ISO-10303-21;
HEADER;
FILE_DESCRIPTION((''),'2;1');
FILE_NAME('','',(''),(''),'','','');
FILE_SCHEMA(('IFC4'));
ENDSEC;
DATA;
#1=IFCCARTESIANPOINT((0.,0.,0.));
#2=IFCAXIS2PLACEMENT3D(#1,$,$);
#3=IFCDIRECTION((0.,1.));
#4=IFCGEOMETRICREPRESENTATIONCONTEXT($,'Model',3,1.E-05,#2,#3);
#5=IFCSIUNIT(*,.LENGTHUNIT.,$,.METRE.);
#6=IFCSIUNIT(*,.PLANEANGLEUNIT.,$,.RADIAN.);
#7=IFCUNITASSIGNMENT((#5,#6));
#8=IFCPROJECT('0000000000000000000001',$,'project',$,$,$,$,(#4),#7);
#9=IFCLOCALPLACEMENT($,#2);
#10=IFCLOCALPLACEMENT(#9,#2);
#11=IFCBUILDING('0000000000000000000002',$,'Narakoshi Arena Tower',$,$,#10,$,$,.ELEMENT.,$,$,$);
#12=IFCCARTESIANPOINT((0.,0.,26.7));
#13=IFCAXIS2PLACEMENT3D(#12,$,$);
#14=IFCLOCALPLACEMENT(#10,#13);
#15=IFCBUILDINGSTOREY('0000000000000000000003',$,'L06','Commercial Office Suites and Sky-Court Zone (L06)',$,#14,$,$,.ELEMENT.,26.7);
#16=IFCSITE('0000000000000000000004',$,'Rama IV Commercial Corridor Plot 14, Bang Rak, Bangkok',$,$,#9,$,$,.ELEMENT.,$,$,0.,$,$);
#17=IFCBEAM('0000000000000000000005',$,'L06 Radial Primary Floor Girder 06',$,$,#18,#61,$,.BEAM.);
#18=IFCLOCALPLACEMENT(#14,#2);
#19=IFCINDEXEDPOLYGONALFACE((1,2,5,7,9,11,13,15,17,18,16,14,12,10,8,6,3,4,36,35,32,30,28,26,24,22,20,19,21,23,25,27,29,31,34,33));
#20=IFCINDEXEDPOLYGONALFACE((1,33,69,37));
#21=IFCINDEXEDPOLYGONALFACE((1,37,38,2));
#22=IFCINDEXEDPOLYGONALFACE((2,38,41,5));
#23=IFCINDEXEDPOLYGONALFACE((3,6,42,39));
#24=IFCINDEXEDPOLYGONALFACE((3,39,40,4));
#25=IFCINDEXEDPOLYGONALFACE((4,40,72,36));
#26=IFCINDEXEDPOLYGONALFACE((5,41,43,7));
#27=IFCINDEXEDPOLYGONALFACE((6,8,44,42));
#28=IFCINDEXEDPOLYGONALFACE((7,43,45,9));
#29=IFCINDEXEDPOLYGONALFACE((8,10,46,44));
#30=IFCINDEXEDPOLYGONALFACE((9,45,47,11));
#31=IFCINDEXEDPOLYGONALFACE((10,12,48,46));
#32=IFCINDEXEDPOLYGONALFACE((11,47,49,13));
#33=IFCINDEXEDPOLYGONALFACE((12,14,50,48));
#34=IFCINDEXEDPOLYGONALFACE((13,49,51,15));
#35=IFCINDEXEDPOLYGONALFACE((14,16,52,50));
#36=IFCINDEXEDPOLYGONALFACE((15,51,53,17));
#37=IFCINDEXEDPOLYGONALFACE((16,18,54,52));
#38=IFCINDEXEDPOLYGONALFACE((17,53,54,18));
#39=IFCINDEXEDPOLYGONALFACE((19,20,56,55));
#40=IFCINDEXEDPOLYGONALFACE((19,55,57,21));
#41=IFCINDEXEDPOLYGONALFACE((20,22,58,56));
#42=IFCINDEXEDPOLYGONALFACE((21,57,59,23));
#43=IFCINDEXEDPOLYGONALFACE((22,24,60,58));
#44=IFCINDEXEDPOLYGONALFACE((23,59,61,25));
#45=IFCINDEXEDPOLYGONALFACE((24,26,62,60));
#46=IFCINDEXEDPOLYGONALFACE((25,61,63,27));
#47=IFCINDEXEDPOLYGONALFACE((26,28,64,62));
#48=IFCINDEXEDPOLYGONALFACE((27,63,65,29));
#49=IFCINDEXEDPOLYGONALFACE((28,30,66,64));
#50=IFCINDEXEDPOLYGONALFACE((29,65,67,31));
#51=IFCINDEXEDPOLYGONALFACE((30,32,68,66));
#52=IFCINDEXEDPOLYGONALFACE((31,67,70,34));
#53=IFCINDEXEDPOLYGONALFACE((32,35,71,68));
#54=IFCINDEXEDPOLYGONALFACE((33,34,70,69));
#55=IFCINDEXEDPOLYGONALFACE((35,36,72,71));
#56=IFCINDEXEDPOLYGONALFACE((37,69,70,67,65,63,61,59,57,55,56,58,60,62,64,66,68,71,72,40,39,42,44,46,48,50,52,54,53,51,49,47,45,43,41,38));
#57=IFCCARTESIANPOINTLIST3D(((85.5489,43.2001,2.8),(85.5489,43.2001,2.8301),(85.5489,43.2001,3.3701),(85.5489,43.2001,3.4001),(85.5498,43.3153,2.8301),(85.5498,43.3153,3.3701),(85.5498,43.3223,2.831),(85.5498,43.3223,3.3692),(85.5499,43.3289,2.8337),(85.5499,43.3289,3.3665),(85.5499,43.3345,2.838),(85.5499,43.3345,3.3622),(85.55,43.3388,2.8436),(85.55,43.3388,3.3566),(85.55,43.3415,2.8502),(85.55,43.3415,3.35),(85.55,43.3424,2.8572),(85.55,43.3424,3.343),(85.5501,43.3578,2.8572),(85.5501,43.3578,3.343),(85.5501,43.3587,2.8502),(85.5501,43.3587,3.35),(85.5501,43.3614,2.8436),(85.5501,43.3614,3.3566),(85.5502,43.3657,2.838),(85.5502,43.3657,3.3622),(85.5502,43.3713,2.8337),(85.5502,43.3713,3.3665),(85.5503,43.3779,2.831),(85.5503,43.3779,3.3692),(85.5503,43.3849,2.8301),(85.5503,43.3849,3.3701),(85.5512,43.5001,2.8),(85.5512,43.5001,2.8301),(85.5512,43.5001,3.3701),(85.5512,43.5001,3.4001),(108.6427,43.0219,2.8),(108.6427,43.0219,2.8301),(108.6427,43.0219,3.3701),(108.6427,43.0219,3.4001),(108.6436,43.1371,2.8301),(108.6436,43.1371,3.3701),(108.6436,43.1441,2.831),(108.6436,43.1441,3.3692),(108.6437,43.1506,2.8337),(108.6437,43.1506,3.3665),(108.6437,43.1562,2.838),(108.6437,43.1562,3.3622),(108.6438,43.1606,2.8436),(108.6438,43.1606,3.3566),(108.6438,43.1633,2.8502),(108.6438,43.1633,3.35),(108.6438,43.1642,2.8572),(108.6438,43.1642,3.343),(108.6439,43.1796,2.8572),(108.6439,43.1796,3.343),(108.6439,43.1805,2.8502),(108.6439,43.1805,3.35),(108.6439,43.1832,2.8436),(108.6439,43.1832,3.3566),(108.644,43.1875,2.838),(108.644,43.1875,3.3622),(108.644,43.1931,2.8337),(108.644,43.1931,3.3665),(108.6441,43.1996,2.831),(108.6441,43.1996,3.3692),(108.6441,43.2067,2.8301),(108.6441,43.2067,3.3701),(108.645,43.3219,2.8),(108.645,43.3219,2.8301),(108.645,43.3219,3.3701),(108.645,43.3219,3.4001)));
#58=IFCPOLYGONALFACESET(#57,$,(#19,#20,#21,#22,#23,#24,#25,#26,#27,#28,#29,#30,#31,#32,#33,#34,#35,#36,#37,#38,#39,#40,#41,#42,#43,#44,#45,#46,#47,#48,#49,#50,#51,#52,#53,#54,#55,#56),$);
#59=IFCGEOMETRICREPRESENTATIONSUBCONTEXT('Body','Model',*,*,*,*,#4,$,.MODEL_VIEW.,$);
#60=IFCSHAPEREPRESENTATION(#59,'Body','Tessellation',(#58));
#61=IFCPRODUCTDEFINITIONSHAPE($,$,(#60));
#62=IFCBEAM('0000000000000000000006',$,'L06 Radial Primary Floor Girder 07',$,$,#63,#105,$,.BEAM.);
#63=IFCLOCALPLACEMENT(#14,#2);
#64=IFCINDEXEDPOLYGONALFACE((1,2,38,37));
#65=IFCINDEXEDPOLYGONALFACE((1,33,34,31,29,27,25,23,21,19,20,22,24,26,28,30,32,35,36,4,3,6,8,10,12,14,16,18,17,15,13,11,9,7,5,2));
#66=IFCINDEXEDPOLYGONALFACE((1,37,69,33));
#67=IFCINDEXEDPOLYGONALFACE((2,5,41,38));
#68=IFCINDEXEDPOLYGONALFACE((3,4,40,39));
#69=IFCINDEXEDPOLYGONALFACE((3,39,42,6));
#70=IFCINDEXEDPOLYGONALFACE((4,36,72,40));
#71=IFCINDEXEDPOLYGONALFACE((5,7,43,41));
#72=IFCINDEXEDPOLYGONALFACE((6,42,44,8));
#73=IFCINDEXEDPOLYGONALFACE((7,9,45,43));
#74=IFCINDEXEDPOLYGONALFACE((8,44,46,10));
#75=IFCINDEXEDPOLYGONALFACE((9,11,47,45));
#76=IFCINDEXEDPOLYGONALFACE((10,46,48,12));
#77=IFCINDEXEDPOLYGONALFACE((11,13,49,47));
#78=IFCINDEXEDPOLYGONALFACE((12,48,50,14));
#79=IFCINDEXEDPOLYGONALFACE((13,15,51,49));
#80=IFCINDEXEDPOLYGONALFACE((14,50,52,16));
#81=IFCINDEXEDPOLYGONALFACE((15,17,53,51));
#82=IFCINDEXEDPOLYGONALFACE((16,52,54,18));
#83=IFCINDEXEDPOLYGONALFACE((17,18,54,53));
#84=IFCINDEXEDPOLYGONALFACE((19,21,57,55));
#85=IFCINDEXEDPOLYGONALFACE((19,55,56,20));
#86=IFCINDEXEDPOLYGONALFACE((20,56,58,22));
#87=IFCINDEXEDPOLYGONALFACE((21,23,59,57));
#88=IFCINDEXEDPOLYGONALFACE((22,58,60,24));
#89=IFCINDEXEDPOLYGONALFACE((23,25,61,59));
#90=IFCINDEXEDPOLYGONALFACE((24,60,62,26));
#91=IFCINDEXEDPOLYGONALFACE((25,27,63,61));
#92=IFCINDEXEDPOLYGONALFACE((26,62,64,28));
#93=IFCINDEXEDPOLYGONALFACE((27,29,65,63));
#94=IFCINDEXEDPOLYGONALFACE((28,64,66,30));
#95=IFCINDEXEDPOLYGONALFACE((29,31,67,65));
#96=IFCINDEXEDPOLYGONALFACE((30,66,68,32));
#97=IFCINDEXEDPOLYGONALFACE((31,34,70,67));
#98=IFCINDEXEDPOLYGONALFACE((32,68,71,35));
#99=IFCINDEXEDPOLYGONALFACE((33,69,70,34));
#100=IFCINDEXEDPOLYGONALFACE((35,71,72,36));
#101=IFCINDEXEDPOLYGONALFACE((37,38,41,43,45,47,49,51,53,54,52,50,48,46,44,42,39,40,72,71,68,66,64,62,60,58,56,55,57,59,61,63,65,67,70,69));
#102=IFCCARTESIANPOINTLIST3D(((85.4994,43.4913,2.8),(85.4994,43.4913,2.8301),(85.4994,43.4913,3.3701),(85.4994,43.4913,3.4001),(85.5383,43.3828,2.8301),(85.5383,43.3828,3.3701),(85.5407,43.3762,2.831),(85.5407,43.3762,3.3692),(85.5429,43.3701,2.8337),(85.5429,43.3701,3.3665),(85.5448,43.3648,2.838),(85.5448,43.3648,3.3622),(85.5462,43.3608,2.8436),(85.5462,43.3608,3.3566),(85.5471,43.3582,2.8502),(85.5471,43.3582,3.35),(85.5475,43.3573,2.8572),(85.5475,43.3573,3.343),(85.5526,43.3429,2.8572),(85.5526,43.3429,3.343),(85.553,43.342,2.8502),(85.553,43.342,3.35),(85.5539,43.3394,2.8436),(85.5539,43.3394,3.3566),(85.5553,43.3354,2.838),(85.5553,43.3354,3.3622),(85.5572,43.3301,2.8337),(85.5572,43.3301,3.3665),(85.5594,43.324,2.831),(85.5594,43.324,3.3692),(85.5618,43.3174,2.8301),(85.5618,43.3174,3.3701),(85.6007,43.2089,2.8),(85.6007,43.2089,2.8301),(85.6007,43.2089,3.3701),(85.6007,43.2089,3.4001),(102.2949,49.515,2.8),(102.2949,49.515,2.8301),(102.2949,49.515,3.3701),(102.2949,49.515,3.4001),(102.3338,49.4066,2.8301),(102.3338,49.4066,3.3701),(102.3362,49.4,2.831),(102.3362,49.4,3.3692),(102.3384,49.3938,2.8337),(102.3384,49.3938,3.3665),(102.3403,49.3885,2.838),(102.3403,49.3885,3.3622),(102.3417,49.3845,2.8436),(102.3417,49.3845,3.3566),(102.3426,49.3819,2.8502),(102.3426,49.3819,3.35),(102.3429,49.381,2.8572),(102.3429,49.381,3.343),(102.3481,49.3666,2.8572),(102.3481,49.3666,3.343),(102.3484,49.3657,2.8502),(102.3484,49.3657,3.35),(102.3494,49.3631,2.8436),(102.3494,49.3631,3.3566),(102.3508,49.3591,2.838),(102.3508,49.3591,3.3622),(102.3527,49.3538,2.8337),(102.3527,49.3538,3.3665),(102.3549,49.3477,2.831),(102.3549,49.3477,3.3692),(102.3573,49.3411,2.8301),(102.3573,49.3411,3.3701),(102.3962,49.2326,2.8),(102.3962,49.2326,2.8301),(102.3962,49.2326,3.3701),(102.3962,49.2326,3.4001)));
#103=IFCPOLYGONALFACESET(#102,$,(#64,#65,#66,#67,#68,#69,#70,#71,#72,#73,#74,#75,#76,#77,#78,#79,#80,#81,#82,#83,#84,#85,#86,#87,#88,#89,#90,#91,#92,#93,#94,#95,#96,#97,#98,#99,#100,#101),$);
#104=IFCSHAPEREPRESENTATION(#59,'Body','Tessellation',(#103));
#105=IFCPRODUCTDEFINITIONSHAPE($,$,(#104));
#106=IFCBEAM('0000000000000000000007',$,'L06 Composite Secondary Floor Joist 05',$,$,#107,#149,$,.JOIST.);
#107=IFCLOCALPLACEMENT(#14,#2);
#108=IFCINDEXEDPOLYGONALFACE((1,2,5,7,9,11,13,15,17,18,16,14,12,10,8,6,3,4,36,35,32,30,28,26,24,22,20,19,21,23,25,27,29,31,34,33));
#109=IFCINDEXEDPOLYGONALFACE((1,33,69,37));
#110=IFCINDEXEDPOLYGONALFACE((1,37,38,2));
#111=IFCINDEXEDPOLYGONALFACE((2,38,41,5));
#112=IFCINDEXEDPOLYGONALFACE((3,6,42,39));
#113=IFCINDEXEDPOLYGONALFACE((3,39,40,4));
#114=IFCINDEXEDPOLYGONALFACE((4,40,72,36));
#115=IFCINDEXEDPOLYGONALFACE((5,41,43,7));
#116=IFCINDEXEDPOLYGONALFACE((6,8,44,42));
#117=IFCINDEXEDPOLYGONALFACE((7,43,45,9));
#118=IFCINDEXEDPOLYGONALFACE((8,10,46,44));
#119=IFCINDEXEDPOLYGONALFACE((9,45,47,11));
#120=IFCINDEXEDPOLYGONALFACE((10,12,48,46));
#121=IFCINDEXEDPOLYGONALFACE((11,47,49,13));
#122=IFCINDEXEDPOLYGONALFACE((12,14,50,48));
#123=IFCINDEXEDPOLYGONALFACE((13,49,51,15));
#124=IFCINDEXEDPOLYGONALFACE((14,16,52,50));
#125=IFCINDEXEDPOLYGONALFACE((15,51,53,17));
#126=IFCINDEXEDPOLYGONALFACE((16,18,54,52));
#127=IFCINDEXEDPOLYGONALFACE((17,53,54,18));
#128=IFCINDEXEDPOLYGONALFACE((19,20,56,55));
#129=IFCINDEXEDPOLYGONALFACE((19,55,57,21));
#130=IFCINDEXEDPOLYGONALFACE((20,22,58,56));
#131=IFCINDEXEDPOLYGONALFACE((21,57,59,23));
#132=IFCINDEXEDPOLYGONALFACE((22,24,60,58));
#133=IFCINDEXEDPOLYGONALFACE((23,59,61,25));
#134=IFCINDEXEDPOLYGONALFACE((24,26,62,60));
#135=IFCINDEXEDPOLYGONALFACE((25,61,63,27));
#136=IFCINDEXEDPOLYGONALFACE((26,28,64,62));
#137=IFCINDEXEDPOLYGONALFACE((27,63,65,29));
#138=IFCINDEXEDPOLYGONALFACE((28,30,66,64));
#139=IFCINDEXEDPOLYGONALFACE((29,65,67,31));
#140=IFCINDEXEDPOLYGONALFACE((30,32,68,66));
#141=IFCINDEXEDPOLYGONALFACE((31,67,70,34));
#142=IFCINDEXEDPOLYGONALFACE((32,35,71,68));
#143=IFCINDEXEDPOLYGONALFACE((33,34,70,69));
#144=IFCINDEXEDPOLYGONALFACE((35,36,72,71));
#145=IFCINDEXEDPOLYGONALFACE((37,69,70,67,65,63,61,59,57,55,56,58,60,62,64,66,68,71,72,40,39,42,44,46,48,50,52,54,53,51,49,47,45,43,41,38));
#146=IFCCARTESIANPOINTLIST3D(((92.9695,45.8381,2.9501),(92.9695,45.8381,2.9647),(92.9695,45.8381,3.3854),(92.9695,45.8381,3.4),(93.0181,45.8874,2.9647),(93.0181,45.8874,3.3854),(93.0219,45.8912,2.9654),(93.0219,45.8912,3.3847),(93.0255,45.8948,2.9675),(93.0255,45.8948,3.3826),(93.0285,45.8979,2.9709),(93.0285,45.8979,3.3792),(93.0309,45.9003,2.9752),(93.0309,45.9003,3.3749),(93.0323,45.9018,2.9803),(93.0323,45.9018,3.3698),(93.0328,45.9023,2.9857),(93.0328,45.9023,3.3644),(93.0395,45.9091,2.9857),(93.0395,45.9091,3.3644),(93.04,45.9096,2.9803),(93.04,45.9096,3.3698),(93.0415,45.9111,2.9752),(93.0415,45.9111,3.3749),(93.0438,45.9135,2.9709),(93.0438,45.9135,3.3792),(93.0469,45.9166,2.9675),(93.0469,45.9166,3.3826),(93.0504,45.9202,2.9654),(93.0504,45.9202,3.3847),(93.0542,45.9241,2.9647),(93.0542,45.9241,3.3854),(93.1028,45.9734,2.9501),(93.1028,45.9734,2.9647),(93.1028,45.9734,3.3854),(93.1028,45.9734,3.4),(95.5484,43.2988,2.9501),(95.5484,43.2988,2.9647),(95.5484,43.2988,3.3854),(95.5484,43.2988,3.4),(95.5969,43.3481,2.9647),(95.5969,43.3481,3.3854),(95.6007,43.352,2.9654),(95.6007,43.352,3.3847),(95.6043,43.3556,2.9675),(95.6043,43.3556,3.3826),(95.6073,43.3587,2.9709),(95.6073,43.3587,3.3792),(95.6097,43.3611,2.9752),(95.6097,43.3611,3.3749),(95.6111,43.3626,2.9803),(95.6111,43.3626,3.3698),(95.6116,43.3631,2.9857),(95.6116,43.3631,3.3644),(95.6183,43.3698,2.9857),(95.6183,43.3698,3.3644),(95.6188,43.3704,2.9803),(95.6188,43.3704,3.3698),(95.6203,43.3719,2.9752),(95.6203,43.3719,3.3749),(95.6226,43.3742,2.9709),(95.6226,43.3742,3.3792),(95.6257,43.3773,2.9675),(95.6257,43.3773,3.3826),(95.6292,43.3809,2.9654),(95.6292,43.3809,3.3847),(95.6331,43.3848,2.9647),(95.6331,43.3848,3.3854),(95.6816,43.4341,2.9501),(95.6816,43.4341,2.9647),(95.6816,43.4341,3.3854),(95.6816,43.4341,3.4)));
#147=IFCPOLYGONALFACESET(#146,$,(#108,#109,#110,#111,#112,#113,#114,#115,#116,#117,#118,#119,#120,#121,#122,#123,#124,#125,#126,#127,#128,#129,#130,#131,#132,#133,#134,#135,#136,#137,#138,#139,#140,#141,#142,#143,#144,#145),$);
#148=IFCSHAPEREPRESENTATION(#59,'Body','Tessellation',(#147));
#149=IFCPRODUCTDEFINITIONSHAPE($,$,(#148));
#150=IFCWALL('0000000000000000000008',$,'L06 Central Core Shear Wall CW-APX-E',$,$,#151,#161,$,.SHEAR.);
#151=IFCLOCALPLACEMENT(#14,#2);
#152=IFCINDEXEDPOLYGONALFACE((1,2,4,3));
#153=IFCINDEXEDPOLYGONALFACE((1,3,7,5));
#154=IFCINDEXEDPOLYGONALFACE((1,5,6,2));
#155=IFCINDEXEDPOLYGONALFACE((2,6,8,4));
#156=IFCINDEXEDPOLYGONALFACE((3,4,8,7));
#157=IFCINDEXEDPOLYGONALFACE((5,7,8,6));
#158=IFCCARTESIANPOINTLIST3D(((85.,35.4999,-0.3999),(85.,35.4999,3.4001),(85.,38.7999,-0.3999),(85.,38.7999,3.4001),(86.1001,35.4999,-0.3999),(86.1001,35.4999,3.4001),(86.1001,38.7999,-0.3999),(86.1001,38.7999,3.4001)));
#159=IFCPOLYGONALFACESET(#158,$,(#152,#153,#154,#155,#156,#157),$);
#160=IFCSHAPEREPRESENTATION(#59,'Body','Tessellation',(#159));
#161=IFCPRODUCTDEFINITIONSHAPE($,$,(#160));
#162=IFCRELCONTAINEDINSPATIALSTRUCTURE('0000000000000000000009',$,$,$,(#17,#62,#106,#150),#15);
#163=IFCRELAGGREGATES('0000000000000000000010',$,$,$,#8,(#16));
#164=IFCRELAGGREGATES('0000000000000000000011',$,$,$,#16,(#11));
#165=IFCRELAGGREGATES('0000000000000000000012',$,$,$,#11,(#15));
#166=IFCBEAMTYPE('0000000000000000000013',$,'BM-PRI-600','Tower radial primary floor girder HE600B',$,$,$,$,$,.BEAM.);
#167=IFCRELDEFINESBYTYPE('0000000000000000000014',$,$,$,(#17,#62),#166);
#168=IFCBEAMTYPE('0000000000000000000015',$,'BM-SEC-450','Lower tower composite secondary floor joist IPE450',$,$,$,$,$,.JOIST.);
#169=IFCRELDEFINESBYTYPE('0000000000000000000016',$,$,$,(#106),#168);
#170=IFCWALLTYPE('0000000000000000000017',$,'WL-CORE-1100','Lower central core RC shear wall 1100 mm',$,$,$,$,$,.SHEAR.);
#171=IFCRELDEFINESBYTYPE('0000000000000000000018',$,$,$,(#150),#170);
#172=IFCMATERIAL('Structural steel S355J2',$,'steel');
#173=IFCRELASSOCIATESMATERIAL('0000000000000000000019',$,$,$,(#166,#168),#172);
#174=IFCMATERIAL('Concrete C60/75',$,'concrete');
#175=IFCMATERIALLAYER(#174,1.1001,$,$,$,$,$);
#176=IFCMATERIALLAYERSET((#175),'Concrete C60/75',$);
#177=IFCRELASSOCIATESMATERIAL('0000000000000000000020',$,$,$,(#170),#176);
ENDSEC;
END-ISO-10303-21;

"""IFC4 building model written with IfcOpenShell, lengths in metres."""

from ifc_helpers import new_model, si_unit, direction, frame, frame_2d, origin, origin_2d, place, context, subcontext, project, spatial, rectangle, i_section, extrude, material, layer, layer_set, material_profile, profile_set, type_object, element, save


model = new_model("IFC4")

# Units and contexts
model_context = context("Model", 3, precision=1e-05, world=origin(), true_north=direction((0.0, 1.0)))
body_context = subcontext(model_context, "Body", "Model", "MODEL_VIEW")
ifc_project = project(units=[si_unit("LENGTHUNIT", "METRE"), si_unit("PLANEANGLEUNIT", "RADIAN")], contexts=[model_context])

# Site, building, storey
site_placement = place(None, origin())
site = spatial("IfcSite", under=ifc_project, at=site_placement, Name="Rama IV Commercial Corridor Plot 14, Bang Rak, Bangkok", CompositionType="ELEMENT", RefElevation=0.0)
building_placement = place(site_placement, origin())
building = spatial("IfcBuilding", under=site, at=building_placement, Name="Narakoshi Arena Tower", CompositionType="ELEMENT")
storey_placement = place(building_placement, frame((0.0, 0.0, 26.7)))
storey = spatial("IfcBuildingStorey", under=building, at=storey_placement, Name="L06", Description="Commercial Office Suites and Sky-Court Zone (L06)", CompositionType="ELEMENT", Elevation=26.7)

# Shared definitions
ifc_material_1 = material(Name="Concrete C60/75", Category="concrete")

# Beams
ifc_material_2 = material(Name="Structural steel S355J2", Category="steel")
ifc_material_profile_1 = material_profile(ifc_material_2, i_section(OverallWidth=0.3, OverallDepth=0.6001, WebThickness=0.0154, FlangeThickness=0.03, FilletRadius=0.0271, at=origin_2d()), Name="HE600B")
ifc_profile_set_1 = profile_set([ifc_material_profile_1], Name="Structural steel S355J2")
beam_type_1 = type_object("IfcBeamType", Name="BM-PRI-600", Description="Tower radial primary floor girder HE600B", PredefinedType="BEAM", material=ifc_profile_set_1)
beam_1_placement = place(storey_placement, frame((85.55, 43.3501, 3.1001), z_axis=(0.99997, -0.007717, 0.0), x_axis=(0.007717, 0.99997, 0.0)))
element("IfcBeam", 1, at=beam_1_placement, inside=storey, type_object=beam_type_1, Name="L06 Radial Primary Floor Girder 06", PredefinedType="BEAM", context=body_context, shape_type="SweptSolid", body=[
    extrude(i_section(OverallWidth=0.3, OverallDepth=0.6001, WebThickness=0.0154, FlangeThickness=0.03, FilletRadius=0.0271, at=origin_2d()), origin(), (0.0, 0.0, 1.0), 23.0945),
])
beam_2_placement = place(storey_placement, frame((85.55, 43.3501, 3.1001), z_axis=(0.941292, 0.337595, 0.0), x_axis=(-0.337595, 0.941292, 0.0)))
element("IfcBeam", 2, at=beam_2_placement, inside=storey, type_object=beam_type_1, Name="L06 Radial Primary Floor Girder 07", PredefinedType="BEAM", context=body_context, shape_type="SweptSolid", body=[
    extrude(i_section(OverallWidth=0.3, OverallDepth=0.6001, WebThickness=0.0154, FlangeThickness=0.03, FilletRadius=0.0271, at=origin_2d()), origin(), (0.0, 0.0, 1.0), 17.843),
])
ifc_material_profile_2 = material_profile(ifc_material_2, i_section(OverallWidth=0.1899, OverallDepth=0.45, WebThickness=0.0095, FlangeThickness=0.0146, FilletRadius=0.021, at=origin_2d()), Name="IPE450")
ifc_profile_set_2 = profile_set([ifc_material_profile_2], Name="Structural steel S355J2")
beam_type_2 = type_object("IfcBeamType", Name="BM-SEC-450", Description="Lower tower composite secondary floor joist IPE450", PredefinedType="JOIST", material=ifc_profile_set_2)
beam_3_placement = place(storey_placement, frame((95.615, 43.3665, 3.175), z_axis=(-0.71255, 0.701622, 0.0), x_axis=(-0.701622, -0.71255, 0.0)))
element("IfcBeam", 3, at=beam_3_placement, inside=storey, type_object=beam_type_2, Name="L06 Composite Secondary Floor Joist 05", PredefinedType="JOIST", context=body_context, shape_type="SweptSolid", body=[
    extrude(i_section(OverallWidth=0.1899, OverallDepth=0.45, WebThickness=0.0095, FlangeThickness=0.0146, FilletRadius=0.021, at=origin_2d()), origin(), (0.0, 0.0, 1.0), 3.6191),
])

# Wall
ifc_layer_1 = layer(ifc_material_1, 1.1001)
ifc_layer_set_1 = layer_set([ifc_layer_1], Name="Concrete C60/75")
wall_type_1 = type_object("IfcWallType", Name="WL-CORE-1100", Description="Lower central core RC shear wall 1100 mm", PredefinedType="SHEAR", material=ifc_layer_set_1)
wall_1_placement = place(storey_placement, frame((85.55, 35.5, -0.3999), z_axis=(0.0, 0.0, 1.0), x_axis=(0.0, 1.0, 0.0)))
element("IfcWall", 4, at=wall_1_placement, inside=storey, type_object=wall_type_1, Name="L06 Central Core Shear Wall CW-APX-E", PredefinedType="SHEAR", context=body_context, shape_type="SweptSolid", body=[
    extrude(rectangle(XDim=3.3, YDim=1.1001, at=frame_2d((1.6499, 0.0))), origin(), (0.0, 0.0, 1.0), 3.8),
])

save(model, "model.ifc")
